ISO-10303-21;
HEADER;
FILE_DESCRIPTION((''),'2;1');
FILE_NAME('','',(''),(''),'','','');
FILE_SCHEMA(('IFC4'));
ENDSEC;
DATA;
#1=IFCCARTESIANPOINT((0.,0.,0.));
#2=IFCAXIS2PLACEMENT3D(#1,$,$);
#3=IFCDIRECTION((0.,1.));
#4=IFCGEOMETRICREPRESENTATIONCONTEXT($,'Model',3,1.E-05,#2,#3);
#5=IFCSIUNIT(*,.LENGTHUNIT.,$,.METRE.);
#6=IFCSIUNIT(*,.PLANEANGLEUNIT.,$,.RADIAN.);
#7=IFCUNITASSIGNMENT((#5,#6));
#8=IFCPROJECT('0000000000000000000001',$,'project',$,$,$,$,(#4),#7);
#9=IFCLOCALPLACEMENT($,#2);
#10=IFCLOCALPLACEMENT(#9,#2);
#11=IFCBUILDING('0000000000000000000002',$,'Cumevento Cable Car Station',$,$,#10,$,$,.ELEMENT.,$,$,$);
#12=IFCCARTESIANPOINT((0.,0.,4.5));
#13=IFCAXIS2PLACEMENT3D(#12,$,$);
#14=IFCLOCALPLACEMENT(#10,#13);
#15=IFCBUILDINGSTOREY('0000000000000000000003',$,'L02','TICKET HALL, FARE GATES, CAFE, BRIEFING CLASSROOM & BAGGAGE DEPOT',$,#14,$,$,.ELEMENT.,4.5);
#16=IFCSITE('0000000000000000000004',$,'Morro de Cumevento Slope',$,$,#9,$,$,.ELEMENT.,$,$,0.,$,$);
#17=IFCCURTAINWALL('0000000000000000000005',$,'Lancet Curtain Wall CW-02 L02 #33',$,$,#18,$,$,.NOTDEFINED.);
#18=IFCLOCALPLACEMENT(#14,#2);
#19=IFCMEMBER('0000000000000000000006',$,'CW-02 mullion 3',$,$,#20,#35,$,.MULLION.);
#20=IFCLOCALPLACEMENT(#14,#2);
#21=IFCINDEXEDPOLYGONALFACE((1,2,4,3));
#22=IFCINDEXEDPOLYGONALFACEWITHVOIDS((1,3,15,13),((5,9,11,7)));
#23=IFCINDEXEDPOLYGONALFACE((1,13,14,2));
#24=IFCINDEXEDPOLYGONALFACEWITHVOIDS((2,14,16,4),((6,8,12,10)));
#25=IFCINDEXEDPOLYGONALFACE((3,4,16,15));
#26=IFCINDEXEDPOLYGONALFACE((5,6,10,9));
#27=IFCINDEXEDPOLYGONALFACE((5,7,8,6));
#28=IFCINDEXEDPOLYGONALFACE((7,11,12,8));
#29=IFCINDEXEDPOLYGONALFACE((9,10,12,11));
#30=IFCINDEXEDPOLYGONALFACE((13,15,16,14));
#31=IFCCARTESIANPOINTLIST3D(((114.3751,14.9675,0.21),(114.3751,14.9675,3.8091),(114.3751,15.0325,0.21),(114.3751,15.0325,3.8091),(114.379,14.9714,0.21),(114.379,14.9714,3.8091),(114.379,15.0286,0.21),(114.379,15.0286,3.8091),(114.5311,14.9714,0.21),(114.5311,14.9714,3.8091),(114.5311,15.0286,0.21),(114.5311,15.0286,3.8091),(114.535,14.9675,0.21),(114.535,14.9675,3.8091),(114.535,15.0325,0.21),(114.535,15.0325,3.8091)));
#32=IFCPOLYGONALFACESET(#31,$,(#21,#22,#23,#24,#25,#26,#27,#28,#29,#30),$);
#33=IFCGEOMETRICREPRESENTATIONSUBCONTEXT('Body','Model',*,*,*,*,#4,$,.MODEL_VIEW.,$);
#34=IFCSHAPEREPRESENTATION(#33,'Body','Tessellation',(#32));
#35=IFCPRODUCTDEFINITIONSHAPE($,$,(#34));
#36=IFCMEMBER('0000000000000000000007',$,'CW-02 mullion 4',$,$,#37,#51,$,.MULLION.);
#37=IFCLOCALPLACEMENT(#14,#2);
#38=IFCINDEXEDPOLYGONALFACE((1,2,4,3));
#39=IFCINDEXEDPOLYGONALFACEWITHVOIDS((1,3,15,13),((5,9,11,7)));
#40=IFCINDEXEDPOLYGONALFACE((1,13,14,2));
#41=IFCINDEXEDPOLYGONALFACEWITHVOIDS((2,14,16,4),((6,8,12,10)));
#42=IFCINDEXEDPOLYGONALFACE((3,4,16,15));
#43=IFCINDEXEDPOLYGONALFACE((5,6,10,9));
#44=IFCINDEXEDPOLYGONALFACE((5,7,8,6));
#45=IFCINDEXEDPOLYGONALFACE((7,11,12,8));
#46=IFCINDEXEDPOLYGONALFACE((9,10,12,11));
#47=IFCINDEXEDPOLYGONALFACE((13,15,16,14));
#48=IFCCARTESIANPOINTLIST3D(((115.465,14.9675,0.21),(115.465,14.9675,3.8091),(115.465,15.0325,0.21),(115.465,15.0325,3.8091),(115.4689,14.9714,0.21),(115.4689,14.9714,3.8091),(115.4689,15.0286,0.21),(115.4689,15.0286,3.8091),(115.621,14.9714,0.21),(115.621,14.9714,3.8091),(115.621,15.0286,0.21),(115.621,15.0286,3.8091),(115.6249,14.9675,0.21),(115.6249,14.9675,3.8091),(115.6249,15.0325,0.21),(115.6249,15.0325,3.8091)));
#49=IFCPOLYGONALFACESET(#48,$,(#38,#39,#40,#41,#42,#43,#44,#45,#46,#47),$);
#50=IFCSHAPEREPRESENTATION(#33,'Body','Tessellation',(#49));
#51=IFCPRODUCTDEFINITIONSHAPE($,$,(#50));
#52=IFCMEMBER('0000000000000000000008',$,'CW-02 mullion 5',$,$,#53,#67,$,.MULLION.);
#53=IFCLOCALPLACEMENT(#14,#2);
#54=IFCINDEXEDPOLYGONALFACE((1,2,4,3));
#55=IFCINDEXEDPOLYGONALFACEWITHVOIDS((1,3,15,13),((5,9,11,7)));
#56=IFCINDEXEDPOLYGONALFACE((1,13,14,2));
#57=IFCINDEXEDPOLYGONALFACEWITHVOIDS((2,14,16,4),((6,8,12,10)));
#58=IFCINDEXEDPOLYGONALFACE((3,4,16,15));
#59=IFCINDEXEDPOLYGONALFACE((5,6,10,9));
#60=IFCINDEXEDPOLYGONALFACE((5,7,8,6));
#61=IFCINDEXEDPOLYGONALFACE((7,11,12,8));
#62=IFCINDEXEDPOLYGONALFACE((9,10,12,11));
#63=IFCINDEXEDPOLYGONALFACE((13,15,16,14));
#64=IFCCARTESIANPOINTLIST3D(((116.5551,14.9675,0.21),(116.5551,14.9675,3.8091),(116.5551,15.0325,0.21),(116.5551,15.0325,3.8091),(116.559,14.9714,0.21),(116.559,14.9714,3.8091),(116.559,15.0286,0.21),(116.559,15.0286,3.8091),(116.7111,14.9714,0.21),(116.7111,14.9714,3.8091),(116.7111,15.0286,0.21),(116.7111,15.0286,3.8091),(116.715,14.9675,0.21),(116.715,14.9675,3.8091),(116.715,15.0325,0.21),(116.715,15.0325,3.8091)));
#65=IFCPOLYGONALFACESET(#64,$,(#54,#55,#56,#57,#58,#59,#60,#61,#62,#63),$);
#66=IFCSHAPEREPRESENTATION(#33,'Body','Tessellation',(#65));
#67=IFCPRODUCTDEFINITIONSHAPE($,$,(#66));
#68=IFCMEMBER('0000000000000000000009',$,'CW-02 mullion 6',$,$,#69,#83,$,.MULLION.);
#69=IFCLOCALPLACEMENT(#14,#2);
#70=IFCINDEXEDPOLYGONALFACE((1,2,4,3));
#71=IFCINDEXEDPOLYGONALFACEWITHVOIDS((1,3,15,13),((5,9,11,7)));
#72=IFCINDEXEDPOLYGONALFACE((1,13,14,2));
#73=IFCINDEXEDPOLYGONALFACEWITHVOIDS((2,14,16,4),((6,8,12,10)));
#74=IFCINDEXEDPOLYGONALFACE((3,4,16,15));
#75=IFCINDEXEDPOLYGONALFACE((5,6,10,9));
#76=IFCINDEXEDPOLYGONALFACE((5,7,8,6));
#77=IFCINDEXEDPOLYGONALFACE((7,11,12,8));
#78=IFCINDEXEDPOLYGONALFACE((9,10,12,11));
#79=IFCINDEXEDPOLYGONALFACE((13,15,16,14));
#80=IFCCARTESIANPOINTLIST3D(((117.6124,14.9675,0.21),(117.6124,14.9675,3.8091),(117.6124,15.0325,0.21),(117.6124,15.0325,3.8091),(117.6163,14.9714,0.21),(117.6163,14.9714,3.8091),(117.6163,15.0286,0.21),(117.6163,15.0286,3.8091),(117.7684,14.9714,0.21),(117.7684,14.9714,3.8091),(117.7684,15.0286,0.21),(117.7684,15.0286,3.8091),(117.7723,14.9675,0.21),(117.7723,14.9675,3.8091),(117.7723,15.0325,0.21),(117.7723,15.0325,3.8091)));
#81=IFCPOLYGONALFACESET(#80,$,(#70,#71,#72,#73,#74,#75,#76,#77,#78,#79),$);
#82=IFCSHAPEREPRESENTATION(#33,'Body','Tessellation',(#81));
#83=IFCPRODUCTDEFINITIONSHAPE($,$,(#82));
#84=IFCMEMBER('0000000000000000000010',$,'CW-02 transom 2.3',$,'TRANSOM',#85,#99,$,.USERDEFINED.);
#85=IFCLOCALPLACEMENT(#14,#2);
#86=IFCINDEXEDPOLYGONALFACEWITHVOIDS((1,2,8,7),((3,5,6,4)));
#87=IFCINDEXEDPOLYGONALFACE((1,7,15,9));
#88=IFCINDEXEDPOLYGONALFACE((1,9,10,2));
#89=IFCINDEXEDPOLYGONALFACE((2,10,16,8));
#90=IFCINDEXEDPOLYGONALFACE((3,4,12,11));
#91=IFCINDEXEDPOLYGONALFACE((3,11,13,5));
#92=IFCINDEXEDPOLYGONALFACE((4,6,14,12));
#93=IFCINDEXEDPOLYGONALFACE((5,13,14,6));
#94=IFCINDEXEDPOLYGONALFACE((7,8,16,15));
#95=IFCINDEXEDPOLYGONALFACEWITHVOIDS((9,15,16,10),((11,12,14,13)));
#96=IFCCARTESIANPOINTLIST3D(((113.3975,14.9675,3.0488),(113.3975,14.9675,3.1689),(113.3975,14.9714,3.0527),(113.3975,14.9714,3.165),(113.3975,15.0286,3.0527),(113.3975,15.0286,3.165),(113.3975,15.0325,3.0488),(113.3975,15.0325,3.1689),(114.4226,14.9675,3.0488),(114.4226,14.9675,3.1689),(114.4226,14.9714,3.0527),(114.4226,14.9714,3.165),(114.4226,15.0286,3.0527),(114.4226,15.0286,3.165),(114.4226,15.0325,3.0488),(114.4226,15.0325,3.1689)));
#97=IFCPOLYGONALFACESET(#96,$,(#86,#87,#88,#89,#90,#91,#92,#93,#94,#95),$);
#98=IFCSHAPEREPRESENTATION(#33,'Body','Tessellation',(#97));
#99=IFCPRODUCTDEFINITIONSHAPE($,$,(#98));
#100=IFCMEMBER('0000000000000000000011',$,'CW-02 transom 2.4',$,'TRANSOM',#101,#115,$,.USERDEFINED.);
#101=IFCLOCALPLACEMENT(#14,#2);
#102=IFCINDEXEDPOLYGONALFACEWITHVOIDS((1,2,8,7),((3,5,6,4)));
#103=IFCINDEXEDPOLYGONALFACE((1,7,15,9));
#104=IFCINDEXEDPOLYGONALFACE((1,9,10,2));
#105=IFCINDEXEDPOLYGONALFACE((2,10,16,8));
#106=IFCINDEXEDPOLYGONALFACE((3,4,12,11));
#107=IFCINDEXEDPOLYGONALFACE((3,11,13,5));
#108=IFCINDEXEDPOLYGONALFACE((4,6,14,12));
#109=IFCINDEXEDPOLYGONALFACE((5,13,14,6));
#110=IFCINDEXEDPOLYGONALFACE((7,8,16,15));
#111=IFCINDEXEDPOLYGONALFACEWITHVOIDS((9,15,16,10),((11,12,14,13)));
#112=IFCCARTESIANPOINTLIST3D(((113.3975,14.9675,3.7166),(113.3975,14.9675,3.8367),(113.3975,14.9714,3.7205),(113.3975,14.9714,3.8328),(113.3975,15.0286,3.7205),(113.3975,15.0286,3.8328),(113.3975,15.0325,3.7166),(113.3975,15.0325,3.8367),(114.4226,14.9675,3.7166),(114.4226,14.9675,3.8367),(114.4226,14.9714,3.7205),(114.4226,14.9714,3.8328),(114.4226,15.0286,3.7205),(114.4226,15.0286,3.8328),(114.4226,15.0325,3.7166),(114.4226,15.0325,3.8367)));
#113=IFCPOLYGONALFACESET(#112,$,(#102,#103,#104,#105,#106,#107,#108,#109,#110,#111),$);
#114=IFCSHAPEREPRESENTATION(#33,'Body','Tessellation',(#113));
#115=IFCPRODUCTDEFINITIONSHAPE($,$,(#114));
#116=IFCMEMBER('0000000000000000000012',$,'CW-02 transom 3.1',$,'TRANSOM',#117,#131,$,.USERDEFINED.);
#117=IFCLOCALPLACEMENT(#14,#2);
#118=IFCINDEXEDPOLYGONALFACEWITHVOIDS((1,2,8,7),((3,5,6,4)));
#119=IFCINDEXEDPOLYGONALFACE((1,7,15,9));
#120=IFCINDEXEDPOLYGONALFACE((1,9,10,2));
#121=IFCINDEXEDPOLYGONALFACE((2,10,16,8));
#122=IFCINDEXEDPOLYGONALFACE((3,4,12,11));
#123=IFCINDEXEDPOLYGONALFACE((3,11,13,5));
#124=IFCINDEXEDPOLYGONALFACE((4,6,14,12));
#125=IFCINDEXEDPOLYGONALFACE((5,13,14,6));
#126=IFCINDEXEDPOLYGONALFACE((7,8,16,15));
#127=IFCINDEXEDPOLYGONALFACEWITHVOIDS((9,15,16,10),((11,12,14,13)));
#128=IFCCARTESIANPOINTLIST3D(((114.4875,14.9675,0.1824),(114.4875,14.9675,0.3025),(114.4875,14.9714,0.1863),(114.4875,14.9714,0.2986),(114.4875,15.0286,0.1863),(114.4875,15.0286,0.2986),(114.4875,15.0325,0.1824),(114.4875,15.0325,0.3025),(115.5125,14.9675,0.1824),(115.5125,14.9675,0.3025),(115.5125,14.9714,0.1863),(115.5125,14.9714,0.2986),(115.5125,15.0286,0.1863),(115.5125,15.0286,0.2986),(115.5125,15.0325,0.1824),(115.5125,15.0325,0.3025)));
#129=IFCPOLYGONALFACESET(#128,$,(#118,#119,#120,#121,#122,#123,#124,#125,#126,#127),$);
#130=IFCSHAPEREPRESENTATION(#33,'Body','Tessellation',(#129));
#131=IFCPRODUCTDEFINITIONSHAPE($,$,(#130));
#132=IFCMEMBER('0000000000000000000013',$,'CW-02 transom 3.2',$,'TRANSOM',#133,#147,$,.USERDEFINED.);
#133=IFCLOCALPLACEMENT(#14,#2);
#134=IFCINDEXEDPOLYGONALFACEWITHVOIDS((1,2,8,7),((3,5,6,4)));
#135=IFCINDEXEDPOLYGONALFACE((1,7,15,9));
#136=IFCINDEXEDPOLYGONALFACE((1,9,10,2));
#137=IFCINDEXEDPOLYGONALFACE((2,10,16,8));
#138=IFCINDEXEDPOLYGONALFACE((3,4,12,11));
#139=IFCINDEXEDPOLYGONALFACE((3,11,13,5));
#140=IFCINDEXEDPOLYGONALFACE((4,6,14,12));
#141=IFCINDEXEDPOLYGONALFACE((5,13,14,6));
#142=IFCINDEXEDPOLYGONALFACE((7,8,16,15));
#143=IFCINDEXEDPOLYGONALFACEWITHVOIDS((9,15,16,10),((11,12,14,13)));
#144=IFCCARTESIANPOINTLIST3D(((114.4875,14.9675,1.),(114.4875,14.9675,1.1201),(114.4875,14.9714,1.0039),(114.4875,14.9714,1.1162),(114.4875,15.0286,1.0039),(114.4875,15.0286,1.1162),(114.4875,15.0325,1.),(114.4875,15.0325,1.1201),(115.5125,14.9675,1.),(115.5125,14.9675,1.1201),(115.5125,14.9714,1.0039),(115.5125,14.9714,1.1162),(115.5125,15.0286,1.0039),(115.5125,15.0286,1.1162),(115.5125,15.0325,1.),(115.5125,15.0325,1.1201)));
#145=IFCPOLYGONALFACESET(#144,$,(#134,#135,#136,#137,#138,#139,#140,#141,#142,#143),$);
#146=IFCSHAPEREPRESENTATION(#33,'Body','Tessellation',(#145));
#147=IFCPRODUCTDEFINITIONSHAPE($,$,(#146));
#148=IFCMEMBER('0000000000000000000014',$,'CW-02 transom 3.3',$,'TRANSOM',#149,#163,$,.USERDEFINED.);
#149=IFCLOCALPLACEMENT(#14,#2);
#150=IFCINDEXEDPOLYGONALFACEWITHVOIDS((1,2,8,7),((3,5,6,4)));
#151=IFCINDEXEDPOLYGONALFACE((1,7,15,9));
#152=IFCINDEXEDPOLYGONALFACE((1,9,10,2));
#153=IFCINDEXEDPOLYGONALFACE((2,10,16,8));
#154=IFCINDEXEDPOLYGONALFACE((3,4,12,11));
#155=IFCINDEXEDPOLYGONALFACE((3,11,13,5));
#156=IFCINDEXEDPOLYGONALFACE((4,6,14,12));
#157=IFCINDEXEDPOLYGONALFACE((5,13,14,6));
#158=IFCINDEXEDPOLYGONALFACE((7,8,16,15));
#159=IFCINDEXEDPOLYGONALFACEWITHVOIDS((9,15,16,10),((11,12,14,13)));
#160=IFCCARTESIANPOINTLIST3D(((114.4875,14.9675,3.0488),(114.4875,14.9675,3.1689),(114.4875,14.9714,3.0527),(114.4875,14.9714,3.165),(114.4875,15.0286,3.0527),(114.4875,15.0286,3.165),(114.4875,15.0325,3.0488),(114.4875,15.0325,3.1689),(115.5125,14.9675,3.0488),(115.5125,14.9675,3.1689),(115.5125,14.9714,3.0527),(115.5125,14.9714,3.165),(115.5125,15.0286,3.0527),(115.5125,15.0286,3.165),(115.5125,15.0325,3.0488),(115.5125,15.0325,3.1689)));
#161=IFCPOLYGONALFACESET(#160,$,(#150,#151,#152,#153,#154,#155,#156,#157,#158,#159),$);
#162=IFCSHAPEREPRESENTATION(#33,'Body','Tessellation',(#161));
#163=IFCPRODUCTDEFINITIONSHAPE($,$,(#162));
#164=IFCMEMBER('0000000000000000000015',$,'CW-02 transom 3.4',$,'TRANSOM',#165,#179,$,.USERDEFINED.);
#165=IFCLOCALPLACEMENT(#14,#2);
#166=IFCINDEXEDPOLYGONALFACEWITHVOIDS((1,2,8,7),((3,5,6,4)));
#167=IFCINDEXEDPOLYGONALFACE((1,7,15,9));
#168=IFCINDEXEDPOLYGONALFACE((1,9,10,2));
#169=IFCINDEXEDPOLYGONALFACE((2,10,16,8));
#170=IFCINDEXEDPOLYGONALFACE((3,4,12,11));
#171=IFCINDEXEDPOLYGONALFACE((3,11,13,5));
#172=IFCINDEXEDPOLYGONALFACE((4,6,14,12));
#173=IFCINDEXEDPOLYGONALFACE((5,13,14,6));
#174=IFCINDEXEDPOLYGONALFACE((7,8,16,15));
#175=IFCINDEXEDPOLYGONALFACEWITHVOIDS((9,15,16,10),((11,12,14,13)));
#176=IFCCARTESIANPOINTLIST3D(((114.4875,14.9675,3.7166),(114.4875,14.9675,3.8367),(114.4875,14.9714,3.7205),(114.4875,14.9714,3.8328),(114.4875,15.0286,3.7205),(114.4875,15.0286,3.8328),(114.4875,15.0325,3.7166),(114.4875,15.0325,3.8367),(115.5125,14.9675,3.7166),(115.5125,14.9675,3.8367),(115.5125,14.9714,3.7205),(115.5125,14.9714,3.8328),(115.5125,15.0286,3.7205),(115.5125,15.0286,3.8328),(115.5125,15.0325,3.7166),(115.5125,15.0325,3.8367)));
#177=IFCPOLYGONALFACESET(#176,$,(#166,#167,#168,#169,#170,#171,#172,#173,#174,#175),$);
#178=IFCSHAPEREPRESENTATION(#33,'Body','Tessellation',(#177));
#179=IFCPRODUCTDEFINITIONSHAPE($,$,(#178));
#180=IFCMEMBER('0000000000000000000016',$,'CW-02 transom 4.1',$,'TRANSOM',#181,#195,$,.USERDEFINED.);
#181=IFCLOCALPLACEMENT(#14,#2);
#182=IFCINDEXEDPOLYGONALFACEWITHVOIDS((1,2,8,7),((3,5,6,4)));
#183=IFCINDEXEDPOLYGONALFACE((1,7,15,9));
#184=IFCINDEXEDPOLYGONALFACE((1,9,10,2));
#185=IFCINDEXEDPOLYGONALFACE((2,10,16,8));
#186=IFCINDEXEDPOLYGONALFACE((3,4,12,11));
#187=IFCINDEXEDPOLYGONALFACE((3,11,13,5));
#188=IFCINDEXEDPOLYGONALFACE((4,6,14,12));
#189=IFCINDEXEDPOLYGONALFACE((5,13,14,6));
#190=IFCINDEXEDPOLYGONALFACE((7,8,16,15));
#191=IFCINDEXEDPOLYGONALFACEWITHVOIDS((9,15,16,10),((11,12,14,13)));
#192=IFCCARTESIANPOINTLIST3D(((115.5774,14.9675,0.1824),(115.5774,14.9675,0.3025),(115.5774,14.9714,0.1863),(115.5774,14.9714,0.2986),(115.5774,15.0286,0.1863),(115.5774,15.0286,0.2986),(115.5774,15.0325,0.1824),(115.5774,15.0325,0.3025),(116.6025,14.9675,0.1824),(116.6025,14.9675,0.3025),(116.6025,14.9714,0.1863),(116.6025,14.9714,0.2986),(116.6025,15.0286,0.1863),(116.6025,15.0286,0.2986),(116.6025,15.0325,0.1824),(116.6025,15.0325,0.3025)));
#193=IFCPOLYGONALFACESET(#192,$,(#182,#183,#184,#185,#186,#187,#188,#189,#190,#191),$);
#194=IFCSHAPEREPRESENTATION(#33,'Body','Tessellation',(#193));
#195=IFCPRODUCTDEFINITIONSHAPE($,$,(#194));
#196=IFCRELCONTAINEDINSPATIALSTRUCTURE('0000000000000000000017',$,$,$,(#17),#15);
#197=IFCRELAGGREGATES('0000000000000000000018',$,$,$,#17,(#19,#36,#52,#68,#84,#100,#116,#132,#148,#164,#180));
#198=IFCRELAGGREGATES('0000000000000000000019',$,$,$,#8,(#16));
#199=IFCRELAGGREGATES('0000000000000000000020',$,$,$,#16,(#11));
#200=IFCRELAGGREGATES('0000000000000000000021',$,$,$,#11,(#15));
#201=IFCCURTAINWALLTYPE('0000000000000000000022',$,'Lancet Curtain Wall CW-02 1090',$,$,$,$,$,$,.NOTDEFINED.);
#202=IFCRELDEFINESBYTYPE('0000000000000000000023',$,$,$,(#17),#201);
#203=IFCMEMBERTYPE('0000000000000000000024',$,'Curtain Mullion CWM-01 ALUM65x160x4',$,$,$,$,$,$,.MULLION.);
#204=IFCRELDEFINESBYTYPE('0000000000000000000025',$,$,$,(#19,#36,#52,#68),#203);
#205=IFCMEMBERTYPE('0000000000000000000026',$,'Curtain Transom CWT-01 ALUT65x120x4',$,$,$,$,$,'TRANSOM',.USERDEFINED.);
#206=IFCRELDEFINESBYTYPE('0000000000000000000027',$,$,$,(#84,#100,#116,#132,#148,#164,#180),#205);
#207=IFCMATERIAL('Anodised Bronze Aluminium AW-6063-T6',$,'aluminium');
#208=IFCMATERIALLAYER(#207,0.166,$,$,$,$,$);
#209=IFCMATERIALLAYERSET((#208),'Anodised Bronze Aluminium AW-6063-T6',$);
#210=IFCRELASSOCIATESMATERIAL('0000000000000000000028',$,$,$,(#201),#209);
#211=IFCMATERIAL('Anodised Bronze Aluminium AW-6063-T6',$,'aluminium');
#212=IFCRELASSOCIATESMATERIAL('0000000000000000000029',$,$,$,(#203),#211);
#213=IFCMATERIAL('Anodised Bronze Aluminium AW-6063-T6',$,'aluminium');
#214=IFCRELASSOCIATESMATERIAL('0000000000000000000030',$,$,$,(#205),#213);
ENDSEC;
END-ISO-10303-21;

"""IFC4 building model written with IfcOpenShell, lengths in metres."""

from ifc_helpers import new_model, si_unit, direction, frame, origin, origin_2d, place, context, subcontext, project, spatial, hollow_rectangle, extrude, material, layer, layer_set, material_profile, profile_set, type_object, element, aggregate, save


model = new_model("IFC4")

# Units and contexts
model_context = context("Model", 3, precision=1e-05, world=origin(), true_north=direction((0.0, 1.0)))
body_context = subcontext(model_context, "Body", "Model", "MODEL_VIEW")
ifc_project = project(units=[si_unit("LENGTHUNIT", "METRE"), si_unit("PLANEANGLEUNIT", "RADIAN")], contexts=[model_context])

# Site, building, storey
site_placement = place(None, origin())
site = spatial("IfcSite", under=ifc_project, at=site_placement, Name="Morro de Cumevento Slope", CompositionType="ELEMENT", RefElevation=0.0)
building_placement = place(site_placement, origin())
building = spatial("IfcBuilding", under=site, at=building_placement, Name="Cumevento Cable Car Station", CompositionType="ELEMENT")
storey_placement = place(building_placement, frame((0.0, 0.0, 4.5)))
storey = spatial("IfcBuildingStorey", under=building, at=storey_placement, Name="L02", Description="TICKET HALL, FARE GATES, CAFE, BRIEFING CLASSROOM & BAGGAGE DEPOT", CompositionType="ELEMENT", Elevation=4.5)

# Curtain wall, members
ifc_material_1 = material(Name="Anodised Bronze Aluminium AW-6063-T6", Category="aluminium")
ifc_layer_1 = layer(ifc_material_1, 0.166)
ifc_layer_set_1 = layer_set([ifc_layer_1], Name="Anodised Bronze Aluminium AW-6063-T6")
curtain_wall_type = type_object("IfcCurtainWallType", Name="Lancet Curtain Wall CW-02 1090", PredefinedType="NOTDEFINED", material=ifc_layer_set_1)
curtain_wall_placement = place(storey_placement, origin())
curtain_wall = element("IfcCurtainWall", 1, at=curtain_wall_placement, inside=storey, type_object=curtain_wall_type, Name="Lancet Curtain Wall CW-02 L02 #33", PredefinedType="NOTDEFINED")
ifc_material_2 = material(Name="Anodised Bronze Aluminium AW-6063-T6", Category="aluminium")
ifc_material_profile_1 = material_profile(ifc_material_2, hollow_rectangle(XDim=0.0649, YDim=0.1599, WallThickness=0.0039, at=origin_2d()), Name="ALUM65x160x4")
ifc_profile_set_1 = profile_set([ifc_material_profile_1], Name="Anodised Bronze Aluminium AW-6063-T6")
member_type_1 = type_object("IfcMemberType", Name="Curtain Mullion CWM-01 ALUM65x160x4", PredefinedType="MULLION", material=ifc_profile_set_1)
member_1_placement = place(storey_placement, frame((114.4551, 15.0, 0.21), z_axis=(0.0, 0.0, 1.0), x_axis=(0.0, 1.0, 0.0)))
member_1 = element("IfcMember", 2, at=member_1_placement, type_object=member_type_1, Name="CW-02 mullion 3", PredefinedType="MULLION", context=body_context, shape_type="SweptSolid", body=[
    extrude(hollow_rectangle(XDim=0.0649, YDim=0.1599, WallThickness=0.0039, at=origin_2d()), origin(), (0.0, 0.0, 1.0), 3.5991),
])
member_2_placement = place(storey_placement, frame((115.5449, 15.0, 0.21), z_axis=(0.0, 0.0, 1.0), x_axis=(0.0, 1.0, 0.0)))
member_2 = element("IfcMember", 3, at=member_2_placement, type_object=member_type_1, Name="CW-02 mullion 4", PredefinedType="MULLION", context=body_context, shape_type="SweptSolid", body=[
    extrude(hollow_rectangle(XDim=0.0649, YDim=0.1599, WallThickness=0.0039, at=origin_2d()), origin(), (0.0, 0.0, 1.0), 3.5991),
])
member_3_placement = place(storey_placement, frame((116.635, 15.0, 0.21), z_axis=(0.0, 0.0, 1.0), x_axis=(0.0, 1.0, 0.0)))
member_3 = element("IfcMember", 4, at=member_3_placement, type_object=member_type_1, Name="CW-02 mullion 5", PredefinedType="MULLION", context=body_context, shape_type="SweptSolid", body=[
    extrude(hollow_rectangle(XDim=0.0649, YDim=0.1599, WallThickness=0.0039, at=origin_2d()), origin(), (0.0, 0.0, 1.0), 3.5991),
])
member_4_placement = place(storey_placement, frame((117.6924, 15.0, 0.21), z_axis=(0.0, 0.0, 1.0), x_axis=(0.0, 1.0, 0.0)))
member_4 = element("IfcMember", 5, at=member_4_placement, type_object=member_type_1, Name="CW-02 mullion 6", PredefinedType="MULLION", context=body_context, shape_type="SweptSolid", body=[
    extrude(hollow_rectangle(XDim=0.0649, YDim=0.1599, WallThickness=0.0039, at=origin_2d()), origin(), (0.0, 0.0, 1.0), 3.5991),
])
ifc_material_3 = material(Name="Anodised Bronze Aluminium AW-6063-T6", Category="aluminium")
ifc_material_profile_2 = material_profile(ifc_material_3, hollow_rectangle(XDim=0.0649, YDim=0.1201, WallThickness=0.0039, at=origin_2d()), Name="ALUT65x120x4")
ifc_profile_set_2 = profile_set([ifc_material_profile_2], Name="Anodised Bronze Aluminium AW-6063-T6")
member_type_2 = type_object("IfcMemberType", Name="Curtain Transom CWT-01 ALUT65x120x4", ElementType="TRANSOM", PredefinedType="USERDEFINED", material=ifc_profile_set_2)
member_5_placement = place(storey_placement, frame((113.3975, 15.0, 3.1089), z_axis=(1.0, 0.0, 0.0), x_axis=(0.0, 1.0, 0.0)))
member_5 = element("IfcMember", 6, at=member_5_placement, type_object=member_type_2, Name="CW-02 transom 2.3", ObjectType="TRANSOM", PredefinedType="USERDEFINED", context=body_context, shape_type="SweptSolid", body=[
    extrude(hollow_rectangle(XDim=0.0649, YDim=0.1201, WallThickness=0.0039, at=origin_2d()), origin(), (0.0, 0.0, 1.0), 1.0251),
])
member_6_placement = place(storey_placement, frame((113.3975, 15.0, 3.7766), z_axis=(1.0, 0.0, 0.0), x_axis=(0.0, 1.0, 0.0)))
member_6 = element("IfcMember", 7, at=member_6_placement, type_object=member_type_2, Name="CW-02 transom 2.4", ObjectType="TRANSOM", PredefinedType="USERDEFINED", context=body_context, shape_type="SweptSolid", body=[
    extrude(hollow_rectangle(XDim=0.0649, YDim=0.1201, WallThickness=0.0039, at=origin_2d()), origin(), (0.0, 0.0, 1.0), 1.0251),
])
member_7_placement = place(storey_placement, frame((114.4875, 15.0, 0.2424), z_axis=(1.0, 0.0, 0.0), x_axis=(0.0, 1.0, 0.0)))
member_7 = element("IfcMember", 8, at=member_7_placement, type_object=member_type_2, Name="CW-02 transom 3.1", ObjectType="TRANSOM", PredefinedType="USERDEFINED", context=body_context, shape_type="SweptSolid", body=[
    extrude(hollow_rectangle(XDim=0.0649, YDim=0.1201, WallThickness=0.0039, at=origin_2d()), origin(), (0.0, 0.0, 1.0), 1.0249),
])
member_8_placement = place(storey_placement, frame((114.4875, 15.0, 1.0601), z_axis=(1.0, 0.0, 0.0), x_axis=(0.0, 1.0, 0.0)))
member_8 = element("IfcMember", 9, at=member_8_placement, type_object=member_type_2, Name="CW-02 transom 3.2", ObjectType="TRANSOM", PredefinedType="USERDEFINED", context=body_context, shape_type="SweptSolid", body=[
    extrude(hollow_rectangle(XDim=0.0649, YDim=0.1201, WallThickness=0.0039, at=origin_2d()), origin(), (0.0, 0.0, 1.0), 1.0249),
])
member_9_placement = place(storey_placement, frame((114.4875, 15.0, 3.1089), z_axis=(1.0, 0.0, 0.0), x_axis=(0.0, 1.0, 0.0)))
member_9 = element("IfcMember", 10, at=member_9_placement, type_object=member_type_2, Name="CW-02 transom 3.3", ObjectType="TRANSOM", PredefinedType="USERDEFINED", context=body_context, shape_type="SweptSolid", body=[
    extrude(hollow_rectangle(XDim=0.0649, YDim=0.1201, WallThickness=0.0039, at=origin_2d()), origin(), (0.0, 0.0, 1.0), 1.0249),
])
member_10_placement = place(storey_placement, frame((114.4875, 15.0, 3.7766), z_axis=(1.0, 0.0, 0.0), x_axis=(0.0, 1.0, 0.0)))
member_10 = element("IfcMember", 11, at=member_10_placement, type_object=member_type_2, Name="CW-02 transom 3.4", ObjectType="TRANSOM", PredefinedType="USERDEFINED", context=body_context, shape_type="SweptSolid", body=[
    extrude(hollow_rectangle(XDim=0.0649, YDim=0.1201, WallThickness=0.0039, at=origin_2d()), origin(), (0.0, 0.0, 1.0), 1.0249),
])
member_11_placement = place(storey_placement, frame((115.5774, 15.0, 0.2424), z_axis=(1.0, 0.0, 0.0), x_axis=(0.0, 1.0, 0.0)))
member_11 = element("IfcMember", 12, at=member_11_placement, type_object=member_type_2, Name="CW-02 transom 4.1", ObjectType="TRANSOM", PredefinedType="USERDEFINED", context=body_context, shape_type="SweptSolid", body=[
    extrude(hollow_rectangle(XDim=0.0649, YDim=0.1201, WallThickness=0.0039, at=origin_2d()), origin(), (0.0, 0.0, 1.0), 1.0251),
])
aggregate(curtain_wall, [member_1, member_2, member_3, member_4, member_5, member_6, member_7, member_8, member_9, member_10, member_11])

save(model, "model.ifc")
